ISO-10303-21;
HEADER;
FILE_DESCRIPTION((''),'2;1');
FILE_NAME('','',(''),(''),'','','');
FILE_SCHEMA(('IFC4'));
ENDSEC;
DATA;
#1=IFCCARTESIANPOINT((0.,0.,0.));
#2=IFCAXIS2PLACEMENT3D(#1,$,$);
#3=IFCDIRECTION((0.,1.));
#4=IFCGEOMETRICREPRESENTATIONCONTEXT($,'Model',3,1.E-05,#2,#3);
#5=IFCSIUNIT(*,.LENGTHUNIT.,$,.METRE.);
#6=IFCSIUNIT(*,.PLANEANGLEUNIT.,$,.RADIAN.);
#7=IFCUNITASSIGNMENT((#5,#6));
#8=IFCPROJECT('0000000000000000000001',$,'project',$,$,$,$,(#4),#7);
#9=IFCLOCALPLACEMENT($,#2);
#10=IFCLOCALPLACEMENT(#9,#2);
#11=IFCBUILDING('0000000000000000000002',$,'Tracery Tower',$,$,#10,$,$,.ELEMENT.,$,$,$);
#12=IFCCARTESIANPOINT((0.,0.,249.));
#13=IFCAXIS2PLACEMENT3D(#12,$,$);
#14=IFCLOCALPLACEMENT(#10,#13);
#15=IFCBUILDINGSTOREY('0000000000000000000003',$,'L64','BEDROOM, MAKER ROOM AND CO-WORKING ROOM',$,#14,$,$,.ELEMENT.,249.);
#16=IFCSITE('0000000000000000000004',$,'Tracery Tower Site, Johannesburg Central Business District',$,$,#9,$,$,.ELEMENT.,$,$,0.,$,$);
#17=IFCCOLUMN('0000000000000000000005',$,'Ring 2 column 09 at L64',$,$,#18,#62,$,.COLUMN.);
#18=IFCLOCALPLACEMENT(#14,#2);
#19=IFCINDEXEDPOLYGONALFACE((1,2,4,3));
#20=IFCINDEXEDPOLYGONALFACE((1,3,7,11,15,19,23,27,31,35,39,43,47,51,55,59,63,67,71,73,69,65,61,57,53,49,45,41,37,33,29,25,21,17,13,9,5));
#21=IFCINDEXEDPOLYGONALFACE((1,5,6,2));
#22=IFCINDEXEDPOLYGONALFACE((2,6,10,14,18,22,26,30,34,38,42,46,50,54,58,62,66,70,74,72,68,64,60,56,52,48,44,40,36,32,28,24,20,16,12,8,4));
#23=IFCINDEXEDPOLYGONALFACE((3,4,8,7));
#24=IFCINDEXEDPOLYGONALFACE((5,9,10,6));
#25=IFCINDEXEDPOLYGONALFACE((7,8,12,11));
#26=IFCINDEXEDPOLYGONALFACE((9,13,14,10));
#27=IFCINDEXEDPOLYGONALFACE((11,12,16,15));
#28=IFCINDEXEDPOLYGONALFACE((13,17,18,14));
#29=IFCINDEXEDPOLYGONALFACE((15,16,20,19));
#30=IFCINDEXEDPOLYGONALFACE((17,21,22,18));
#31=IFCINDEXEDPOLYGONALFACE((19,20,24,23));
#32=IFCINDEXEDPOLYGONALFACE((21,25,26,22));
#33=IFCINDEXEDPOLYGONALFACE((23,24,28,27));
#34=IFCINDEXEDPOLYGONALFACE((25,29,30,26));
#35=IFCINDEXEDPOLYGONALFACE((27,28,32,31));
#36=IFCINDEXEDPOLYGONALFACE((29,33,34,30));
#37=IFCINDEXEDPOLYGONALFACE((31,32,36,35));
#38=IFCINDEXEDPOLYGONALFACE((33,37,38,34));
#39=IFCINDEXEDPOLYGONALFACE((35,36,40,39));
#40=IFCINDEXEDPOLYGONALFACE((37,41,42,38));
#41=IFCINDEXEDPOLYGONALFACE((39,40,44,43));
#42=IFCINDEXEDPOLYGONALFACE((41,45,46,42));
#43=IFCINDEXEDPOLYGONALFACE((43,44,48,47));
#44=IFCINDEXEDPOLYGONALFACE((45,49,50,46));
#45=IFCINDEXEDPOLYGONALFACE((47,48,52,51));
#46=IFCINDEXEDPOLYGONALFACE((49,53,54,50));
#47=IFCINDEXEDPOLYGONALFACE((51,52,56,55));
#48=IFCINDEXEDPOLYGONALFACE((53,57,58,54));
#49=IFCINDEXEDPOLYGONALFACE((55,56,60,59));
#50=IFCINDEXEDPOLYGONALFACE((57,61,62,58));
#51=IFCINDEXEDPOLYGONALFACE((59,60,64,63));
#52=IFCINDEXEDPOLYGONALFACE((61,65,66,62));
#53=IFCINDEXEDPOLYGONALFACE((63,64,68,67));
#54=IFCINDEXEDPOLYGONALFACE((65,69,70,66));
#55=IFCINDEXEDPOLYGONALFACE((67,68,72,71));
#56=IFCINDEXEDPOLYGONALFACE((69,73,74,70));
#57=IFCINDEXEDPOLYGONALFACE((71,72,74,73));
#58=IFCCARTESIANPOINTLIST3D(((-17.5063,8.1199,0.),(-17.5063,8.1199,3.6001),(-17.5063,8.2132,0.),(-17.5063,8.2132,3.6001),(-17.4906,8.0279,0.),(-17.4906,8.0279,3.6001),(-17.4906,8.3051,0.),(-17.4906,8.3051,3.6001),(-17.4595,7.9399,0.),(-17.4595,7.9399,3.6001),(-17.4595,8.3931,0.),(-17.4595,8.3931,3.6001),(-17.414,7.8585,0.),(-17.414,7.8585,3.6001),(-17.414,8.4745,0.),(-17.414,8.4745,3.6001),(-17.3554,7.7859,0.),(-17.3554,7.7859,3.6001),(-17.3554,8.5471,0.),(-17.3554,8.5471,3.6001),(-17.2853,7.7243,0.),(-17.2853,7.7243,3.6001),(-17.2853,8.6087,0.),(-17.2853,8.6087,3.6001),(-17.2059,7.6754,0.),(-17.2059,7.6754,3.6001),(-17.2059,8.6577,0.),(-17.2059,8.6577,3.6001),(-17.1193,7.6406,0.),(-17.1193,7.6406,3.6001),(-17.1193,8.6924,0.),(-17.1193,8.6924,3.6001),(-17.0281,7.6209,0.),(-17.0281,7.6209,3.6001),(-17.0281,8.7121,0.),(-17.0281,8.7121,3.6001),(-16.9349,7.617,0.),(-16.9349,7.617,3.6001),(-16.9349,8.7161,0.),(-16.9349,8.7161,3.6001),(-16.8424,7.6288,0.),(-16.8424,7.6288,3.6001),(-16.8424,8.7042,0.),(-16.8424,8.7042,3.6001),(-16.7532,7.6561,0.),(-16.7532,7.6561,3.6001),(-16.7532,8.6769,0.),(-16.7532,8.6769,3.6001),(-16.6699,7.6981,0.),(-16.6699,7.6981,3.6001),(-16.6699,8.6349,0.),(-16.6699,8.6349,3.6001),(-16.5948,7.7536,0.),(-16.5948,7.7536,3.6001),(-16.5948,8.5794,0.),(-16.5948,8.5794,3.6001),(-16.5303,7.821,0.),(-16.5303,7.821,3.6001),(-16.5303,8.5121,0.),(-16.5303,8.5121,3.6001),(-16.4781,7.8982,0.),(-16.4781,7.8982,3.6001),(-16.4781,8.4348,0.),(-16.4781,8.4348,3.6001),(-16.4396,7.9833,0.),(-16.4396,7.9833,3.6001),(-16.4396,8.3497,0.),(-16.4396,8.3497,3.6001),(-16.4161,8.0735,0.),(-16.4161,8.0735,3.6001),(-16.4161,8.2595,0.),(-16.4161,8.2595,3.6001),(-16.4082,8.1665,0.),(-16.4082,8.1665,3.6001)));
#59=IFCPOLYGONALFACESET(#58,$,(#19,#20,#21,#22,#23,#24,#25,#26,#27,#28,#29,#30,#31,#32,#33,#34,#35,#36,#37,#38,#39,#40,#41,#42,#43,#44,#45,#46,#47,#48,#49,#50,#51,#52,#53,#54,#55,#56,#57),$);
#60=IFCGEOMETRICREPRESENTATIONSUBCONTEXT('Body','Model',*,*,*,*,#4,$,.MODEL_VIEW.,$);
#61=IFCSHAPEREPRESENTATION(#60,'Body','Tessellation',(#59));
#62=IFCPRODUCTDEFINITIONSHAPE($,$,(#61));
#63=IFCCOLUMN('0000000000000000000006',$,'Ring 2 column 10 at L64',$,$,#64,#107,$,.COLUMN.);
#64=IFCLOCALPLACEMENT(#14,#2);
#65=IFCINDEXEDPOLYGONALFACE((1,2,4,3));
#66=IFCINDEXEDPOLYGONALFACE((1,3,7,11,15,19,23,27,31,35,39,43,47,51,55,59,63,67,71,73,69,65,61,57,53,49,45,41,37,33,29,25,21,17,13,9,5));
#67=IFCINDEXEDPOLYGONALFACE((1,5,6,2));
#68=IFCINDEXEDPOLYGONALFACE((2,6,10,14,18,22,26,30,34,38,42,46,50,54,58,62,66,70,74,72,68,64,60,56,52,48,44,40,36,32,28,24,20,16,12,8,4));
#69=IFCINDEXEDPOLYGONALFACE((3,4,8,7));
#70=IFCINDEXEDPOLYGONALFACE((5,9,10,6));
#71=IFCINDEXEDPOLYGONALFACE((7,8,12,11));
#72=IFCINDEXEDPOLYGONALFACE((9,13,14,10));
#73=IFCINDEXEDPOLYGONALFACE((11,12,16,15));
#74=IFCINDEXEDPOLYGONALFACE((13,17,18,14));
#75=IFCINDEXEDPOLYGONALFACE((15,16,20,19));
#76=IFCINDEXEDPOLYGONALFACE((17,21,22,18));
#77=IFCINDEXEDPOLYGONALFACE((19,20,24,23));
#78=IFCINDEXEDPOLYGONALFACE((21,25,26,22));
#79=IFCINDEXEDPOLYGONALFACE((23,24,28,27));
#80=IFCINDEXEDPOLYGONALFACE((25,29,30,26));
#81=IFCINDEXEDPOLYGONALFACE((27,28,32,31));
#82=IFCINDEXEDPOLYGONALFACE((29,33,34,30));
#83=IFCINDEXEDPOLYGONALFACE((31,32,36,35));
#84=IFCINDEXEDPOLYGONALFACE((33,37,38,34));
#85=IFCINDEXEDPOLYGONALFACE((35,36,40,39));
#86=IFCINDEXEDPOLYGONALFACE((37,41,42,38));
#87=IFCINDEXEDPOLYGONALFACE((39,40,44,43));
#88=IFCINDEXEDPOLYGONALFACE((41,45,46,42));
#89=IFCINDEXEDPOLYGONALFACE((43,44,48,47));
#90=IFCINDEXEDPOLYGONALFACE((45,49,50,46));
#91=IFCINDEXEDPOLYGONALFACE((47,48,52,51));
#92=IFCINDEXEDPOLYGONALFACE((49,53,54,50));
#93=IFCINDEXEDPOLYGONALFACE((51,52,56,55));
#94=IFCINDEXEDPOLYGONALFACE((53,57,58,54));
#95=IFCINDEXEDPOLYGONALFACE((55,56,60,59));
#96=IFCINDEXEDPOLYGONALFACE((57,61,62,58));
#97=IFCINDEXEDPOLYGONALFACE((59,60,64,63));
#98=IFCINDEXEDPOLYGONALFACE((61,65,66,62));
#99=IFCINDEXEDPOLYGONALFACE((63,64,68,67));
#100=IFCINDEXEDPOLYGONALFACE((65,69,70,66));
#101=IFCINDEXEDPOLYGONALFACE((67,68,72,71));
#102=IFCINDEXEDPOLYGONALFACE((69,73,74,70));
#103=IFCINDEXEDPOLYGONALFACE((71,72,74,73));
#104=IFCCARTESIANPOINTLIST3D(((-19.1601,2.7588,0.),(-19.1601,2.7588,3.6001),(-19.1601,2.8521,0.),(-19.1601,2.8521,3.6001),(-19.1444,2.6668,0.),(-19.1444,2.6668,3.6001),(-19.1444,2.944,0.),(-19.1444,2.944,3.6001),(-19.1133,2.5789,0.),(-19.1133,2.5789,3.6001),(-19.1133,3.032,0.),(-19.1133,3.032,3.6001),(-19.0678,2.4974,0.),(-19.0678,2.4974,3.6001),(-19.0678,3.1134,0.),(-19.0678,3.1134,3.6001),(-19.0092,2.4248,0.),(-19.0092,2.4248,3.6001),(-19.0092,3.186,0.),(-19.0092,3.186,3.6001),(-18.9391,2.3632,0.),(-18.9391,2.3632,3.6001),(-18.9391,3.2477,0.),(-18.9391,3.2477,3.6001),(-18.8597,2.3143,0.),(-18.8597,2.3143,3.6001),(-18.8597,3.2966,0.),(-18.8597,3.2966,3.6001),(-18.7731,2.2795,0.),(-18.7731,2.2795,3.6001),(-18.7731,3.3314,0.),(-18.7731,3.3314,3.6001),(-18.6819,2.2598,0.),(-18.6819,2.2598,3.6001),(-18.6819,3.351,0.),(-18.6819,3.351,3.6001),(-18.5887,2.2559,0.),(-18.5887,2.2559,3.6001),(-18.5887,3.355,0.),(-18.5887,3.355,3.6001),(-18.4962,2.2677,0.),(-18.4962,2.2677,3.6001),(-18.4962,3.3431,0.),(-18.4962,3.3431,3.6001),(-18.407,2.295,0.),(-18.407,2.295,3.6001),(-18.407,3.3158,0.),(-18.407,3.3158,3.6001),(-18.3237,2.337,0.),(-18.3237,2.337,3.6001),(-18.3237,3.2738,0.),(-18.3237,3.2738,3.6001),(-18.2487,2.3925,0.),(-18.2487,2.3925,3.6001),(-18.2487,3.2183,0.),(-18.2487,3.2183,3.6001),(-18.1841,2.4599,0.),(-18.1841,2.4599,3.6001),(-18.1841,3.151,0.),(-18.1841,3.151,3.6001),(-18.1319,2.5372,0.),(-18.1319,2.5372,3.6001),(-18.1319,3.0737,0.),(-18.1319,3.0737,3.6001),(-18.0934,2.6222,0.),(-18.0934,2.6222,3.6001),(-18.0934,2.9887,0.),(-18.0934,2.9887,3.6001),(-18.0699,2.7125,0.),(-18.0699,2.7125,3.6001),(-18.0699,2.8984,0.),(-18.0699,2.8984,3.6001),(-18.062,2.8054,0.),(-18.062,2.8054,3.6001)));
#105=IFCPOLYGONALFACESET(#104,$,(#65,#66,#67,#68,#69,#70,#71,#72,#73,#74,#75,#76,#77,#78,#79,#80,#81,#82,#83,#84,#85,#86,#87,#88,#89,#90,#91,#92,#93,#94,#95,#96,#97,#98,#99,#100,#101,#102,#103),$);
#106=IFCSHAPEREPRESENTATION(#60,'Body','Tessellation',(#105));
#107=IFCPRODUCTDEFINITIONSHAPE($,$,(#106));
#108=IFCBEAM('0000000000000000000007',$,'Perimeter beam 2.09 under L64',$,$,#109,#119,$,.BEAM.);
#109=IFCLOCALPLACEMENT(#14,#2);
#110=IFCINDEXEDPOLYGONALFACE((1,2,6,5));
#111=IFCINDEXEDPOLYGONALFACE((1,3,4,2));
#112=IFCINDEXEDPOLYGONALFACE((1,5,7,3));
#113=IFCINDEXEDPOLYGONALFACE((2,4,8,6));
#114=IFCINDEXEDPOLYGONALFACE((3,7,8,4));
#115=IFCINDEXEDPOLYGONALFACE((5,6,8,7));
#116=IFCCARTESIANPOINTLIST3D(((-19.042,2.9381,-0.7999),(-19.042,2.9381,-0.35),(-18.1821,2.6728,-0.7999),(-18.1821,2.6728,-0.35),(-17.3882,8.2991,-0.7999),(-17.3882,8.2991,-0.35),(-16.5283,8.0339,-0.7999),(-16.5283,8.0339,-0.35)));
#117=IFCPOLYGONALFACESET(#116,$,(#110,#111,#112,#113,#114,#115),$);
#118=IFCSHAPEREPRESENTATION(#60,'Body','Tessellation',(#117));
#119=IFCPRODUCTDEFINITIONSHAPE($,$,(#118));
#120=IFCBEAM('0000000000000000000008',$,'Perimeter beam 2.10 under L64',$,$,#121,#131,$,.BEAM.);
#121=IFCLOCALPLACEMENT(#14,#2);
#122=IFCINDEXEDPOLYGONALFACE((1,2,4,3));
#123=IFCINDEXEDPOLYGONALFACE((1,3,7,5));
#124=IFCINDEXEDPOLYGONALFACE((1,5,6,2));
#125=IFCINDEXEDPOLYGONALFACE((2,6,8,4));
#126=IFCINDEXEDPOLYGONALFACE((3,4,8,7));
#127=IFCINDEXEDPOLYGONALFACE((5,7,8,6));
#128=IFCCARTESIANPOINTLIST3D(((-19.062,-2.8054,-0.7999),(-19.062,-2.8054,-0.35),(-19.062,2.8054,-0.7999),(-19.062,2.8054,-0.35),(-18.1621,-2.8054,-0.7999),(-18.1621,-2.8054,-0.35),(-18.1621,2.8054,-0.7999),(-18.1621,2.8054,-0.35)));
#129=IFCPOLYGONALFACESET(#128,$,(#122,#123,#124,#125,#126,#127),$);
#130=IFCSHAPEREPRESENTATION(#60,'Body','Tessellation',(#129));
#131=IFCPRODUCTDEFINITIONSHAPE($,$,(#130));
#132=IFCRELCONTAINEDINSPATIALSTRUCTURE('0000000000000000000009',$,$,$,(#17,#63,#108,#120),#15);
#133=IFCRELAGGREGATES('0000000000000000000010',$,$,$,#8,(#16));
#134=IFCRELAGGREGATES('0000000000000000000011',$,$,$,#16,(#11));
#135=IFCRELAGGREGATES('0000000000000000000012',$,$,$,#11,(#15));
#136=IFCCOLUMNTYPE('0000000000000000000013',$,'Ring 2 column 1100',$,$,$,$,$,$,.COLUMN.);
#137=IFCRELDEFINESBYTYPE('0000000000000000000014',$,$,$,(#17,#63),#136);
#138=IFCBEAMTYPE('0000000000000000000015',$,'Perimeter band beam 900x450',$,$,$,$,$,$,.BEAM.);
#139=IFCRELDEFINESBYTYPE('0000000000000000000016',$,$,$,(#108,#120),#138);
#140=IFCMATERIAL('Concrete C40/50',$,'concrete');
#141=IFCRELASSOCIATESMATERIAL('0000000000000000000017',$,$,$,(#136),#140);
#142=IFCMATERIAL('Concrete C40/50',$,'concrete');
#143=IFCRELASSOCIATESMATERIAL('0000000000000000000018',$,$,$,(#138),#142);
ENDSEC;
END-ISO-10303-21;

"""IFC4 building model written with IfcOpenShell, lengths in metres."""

from ifc_helpers import new_model, si_unit, direction, frame, origin, origin_2d, place, context, subcontext, project, spatial, rectangle, circle, extrude, material, material_profile, profile_set, type_object, element, save


model = new_model("IFC4")

# Units and contexts
model_context = context("Model", 3, precision=1e-05, world=origin(), true_north=direction((0.0, 1.0)))
body_context = subcontext(model_context, "Body", "Model", "MODEL_VIEW")
ifc_project = project(units=[si_unit("LENGTHUNIT", "METRE"), si_unit("PLANEANGLEUNIT", "RADIAN")], contexts=[model_context])

# Site, building, storey
site_placement = place(None, origin())
site = spatial("IfcSite", under=ifc_project, at=site_placement, Name="Tracery Tower Site, Johannesburg Central Business District", CompositionType="ELEMENT", RefElevation=0.0)
building_placement = place(site_placement, origin())
building = spatial("IfcBuilding", under=site, at=building_placement, Name="Tracery Tower", CompositionType="ELEMENT")
storey_placement = place(building_placement, frame((0.0, 0.0, 249.0)))
storey = spatial("IfcBuildingStorey", under=building, at=storey_placement, Name="L64", Description="BEDROOM, MAKER ROOM AND CO-WORKING ROOM", CompositionType="ELEMENT", Elevation=249.0)

# Columns
ifc_material_1 = material(Name="Concrete C40/50", Category="concrete")
ifc_material_profile_1 = material_profile(ifc_material_1, circle(Radius=0.55, at=origin_2d()), Name="RC D1100")
ifc_profile_set_1 = profile_set([ifc_material_profile_1], Name="Concrete C40/50")
column_type = type_object("IfcColumnType", Name="Ring 2 column 1100", PredefinedType="COLUMN", material=ifc_profile_set_1)
for number, where, z_axis, x_axis, name in (
    (1, (-16.9583, 8.1665, 0.0), (0.0, 0.0, 1.0), (1.0, 0.0, 0.0), "Ring 2 column 09 at L64"),
    (2, (-18.6121, 2.8054, 0.0), (0.0, 0.0, 1.0), (1.0, 0.0, 0.0), "Ring 2 column 10 at L64"),
):
    element("IfcColumn", number, at=place(storey_placement, frame(where, z_axis=z_axis, x_axis=x_axis)), inside=storey, type_object=column_type, Name=name, PredefinedType="COLUMN", context=body_context, shape_type="SweptSolid", body=[
        extrude(circle(Radius=0.55, at=origin_2d()), origin(), (0.0, 0.0, 1.0), 3.6001),
    ])

# Beams
ifc_material_2 = material(Name="Concrete C40/50", Category="concrete")
ifc_material_profile_2 = material_profile(ifc_material_2, rectangle(XDim=0.8999, YDim=0.45, at=origin_2d()), Name="RC 900x450")
ifc_profile_set_2 = profile_set([ifc_material_profile_2], Name="Concrete C40/50")
beam_type = type_object("IfcBeamType", Name="Perimeter band beam 900x450", PredefinedType="BEAM", material=ifc_profile_set_2)
beam_1_placement = place(storey_placement, frame((-16.9583, 8.1665, -0.575), z_axis=(-0.294777, -0.955566, 0.0), x_axis=(0.955566, -0.294777, 0.0)))
element("IfcBeam", 3, at=beam_1_placement, inside=storey, type_object=beam_type, Name="Perimeter beam 2.09 under L64", PredefinedType="BEAM", context=body_context, shape_type="SweptSolid", body=[
    extrude(rectangle(XDim=0.8999, YDim=0.45, at=origin_2d()), origin(), (0.0, 0.0, 1.0), 5.6104),
])
beam_2_placement = place(storey_placement, frame((-18.6121, 2.8054, -0.575), z_axis=(0.0, -1.0, 0.0), x_axis=(1.0, 0.0, 0.0)))
element("IfcBeam", 4, at=beam_2_placement, inside=storey, type_object=beam_type, Name="Perimeter beam 2.10 under L64", PredefinedType="BEAM", context=body_context, shape_type="SweptSolid", body=[
    extrude(rectangle(XDim=0.8999, YDim=0.45, at=origin_2d()), origin(), (0.0, 0.0, 1.0), 5.6108),
])

save(model, "model.ifc")
